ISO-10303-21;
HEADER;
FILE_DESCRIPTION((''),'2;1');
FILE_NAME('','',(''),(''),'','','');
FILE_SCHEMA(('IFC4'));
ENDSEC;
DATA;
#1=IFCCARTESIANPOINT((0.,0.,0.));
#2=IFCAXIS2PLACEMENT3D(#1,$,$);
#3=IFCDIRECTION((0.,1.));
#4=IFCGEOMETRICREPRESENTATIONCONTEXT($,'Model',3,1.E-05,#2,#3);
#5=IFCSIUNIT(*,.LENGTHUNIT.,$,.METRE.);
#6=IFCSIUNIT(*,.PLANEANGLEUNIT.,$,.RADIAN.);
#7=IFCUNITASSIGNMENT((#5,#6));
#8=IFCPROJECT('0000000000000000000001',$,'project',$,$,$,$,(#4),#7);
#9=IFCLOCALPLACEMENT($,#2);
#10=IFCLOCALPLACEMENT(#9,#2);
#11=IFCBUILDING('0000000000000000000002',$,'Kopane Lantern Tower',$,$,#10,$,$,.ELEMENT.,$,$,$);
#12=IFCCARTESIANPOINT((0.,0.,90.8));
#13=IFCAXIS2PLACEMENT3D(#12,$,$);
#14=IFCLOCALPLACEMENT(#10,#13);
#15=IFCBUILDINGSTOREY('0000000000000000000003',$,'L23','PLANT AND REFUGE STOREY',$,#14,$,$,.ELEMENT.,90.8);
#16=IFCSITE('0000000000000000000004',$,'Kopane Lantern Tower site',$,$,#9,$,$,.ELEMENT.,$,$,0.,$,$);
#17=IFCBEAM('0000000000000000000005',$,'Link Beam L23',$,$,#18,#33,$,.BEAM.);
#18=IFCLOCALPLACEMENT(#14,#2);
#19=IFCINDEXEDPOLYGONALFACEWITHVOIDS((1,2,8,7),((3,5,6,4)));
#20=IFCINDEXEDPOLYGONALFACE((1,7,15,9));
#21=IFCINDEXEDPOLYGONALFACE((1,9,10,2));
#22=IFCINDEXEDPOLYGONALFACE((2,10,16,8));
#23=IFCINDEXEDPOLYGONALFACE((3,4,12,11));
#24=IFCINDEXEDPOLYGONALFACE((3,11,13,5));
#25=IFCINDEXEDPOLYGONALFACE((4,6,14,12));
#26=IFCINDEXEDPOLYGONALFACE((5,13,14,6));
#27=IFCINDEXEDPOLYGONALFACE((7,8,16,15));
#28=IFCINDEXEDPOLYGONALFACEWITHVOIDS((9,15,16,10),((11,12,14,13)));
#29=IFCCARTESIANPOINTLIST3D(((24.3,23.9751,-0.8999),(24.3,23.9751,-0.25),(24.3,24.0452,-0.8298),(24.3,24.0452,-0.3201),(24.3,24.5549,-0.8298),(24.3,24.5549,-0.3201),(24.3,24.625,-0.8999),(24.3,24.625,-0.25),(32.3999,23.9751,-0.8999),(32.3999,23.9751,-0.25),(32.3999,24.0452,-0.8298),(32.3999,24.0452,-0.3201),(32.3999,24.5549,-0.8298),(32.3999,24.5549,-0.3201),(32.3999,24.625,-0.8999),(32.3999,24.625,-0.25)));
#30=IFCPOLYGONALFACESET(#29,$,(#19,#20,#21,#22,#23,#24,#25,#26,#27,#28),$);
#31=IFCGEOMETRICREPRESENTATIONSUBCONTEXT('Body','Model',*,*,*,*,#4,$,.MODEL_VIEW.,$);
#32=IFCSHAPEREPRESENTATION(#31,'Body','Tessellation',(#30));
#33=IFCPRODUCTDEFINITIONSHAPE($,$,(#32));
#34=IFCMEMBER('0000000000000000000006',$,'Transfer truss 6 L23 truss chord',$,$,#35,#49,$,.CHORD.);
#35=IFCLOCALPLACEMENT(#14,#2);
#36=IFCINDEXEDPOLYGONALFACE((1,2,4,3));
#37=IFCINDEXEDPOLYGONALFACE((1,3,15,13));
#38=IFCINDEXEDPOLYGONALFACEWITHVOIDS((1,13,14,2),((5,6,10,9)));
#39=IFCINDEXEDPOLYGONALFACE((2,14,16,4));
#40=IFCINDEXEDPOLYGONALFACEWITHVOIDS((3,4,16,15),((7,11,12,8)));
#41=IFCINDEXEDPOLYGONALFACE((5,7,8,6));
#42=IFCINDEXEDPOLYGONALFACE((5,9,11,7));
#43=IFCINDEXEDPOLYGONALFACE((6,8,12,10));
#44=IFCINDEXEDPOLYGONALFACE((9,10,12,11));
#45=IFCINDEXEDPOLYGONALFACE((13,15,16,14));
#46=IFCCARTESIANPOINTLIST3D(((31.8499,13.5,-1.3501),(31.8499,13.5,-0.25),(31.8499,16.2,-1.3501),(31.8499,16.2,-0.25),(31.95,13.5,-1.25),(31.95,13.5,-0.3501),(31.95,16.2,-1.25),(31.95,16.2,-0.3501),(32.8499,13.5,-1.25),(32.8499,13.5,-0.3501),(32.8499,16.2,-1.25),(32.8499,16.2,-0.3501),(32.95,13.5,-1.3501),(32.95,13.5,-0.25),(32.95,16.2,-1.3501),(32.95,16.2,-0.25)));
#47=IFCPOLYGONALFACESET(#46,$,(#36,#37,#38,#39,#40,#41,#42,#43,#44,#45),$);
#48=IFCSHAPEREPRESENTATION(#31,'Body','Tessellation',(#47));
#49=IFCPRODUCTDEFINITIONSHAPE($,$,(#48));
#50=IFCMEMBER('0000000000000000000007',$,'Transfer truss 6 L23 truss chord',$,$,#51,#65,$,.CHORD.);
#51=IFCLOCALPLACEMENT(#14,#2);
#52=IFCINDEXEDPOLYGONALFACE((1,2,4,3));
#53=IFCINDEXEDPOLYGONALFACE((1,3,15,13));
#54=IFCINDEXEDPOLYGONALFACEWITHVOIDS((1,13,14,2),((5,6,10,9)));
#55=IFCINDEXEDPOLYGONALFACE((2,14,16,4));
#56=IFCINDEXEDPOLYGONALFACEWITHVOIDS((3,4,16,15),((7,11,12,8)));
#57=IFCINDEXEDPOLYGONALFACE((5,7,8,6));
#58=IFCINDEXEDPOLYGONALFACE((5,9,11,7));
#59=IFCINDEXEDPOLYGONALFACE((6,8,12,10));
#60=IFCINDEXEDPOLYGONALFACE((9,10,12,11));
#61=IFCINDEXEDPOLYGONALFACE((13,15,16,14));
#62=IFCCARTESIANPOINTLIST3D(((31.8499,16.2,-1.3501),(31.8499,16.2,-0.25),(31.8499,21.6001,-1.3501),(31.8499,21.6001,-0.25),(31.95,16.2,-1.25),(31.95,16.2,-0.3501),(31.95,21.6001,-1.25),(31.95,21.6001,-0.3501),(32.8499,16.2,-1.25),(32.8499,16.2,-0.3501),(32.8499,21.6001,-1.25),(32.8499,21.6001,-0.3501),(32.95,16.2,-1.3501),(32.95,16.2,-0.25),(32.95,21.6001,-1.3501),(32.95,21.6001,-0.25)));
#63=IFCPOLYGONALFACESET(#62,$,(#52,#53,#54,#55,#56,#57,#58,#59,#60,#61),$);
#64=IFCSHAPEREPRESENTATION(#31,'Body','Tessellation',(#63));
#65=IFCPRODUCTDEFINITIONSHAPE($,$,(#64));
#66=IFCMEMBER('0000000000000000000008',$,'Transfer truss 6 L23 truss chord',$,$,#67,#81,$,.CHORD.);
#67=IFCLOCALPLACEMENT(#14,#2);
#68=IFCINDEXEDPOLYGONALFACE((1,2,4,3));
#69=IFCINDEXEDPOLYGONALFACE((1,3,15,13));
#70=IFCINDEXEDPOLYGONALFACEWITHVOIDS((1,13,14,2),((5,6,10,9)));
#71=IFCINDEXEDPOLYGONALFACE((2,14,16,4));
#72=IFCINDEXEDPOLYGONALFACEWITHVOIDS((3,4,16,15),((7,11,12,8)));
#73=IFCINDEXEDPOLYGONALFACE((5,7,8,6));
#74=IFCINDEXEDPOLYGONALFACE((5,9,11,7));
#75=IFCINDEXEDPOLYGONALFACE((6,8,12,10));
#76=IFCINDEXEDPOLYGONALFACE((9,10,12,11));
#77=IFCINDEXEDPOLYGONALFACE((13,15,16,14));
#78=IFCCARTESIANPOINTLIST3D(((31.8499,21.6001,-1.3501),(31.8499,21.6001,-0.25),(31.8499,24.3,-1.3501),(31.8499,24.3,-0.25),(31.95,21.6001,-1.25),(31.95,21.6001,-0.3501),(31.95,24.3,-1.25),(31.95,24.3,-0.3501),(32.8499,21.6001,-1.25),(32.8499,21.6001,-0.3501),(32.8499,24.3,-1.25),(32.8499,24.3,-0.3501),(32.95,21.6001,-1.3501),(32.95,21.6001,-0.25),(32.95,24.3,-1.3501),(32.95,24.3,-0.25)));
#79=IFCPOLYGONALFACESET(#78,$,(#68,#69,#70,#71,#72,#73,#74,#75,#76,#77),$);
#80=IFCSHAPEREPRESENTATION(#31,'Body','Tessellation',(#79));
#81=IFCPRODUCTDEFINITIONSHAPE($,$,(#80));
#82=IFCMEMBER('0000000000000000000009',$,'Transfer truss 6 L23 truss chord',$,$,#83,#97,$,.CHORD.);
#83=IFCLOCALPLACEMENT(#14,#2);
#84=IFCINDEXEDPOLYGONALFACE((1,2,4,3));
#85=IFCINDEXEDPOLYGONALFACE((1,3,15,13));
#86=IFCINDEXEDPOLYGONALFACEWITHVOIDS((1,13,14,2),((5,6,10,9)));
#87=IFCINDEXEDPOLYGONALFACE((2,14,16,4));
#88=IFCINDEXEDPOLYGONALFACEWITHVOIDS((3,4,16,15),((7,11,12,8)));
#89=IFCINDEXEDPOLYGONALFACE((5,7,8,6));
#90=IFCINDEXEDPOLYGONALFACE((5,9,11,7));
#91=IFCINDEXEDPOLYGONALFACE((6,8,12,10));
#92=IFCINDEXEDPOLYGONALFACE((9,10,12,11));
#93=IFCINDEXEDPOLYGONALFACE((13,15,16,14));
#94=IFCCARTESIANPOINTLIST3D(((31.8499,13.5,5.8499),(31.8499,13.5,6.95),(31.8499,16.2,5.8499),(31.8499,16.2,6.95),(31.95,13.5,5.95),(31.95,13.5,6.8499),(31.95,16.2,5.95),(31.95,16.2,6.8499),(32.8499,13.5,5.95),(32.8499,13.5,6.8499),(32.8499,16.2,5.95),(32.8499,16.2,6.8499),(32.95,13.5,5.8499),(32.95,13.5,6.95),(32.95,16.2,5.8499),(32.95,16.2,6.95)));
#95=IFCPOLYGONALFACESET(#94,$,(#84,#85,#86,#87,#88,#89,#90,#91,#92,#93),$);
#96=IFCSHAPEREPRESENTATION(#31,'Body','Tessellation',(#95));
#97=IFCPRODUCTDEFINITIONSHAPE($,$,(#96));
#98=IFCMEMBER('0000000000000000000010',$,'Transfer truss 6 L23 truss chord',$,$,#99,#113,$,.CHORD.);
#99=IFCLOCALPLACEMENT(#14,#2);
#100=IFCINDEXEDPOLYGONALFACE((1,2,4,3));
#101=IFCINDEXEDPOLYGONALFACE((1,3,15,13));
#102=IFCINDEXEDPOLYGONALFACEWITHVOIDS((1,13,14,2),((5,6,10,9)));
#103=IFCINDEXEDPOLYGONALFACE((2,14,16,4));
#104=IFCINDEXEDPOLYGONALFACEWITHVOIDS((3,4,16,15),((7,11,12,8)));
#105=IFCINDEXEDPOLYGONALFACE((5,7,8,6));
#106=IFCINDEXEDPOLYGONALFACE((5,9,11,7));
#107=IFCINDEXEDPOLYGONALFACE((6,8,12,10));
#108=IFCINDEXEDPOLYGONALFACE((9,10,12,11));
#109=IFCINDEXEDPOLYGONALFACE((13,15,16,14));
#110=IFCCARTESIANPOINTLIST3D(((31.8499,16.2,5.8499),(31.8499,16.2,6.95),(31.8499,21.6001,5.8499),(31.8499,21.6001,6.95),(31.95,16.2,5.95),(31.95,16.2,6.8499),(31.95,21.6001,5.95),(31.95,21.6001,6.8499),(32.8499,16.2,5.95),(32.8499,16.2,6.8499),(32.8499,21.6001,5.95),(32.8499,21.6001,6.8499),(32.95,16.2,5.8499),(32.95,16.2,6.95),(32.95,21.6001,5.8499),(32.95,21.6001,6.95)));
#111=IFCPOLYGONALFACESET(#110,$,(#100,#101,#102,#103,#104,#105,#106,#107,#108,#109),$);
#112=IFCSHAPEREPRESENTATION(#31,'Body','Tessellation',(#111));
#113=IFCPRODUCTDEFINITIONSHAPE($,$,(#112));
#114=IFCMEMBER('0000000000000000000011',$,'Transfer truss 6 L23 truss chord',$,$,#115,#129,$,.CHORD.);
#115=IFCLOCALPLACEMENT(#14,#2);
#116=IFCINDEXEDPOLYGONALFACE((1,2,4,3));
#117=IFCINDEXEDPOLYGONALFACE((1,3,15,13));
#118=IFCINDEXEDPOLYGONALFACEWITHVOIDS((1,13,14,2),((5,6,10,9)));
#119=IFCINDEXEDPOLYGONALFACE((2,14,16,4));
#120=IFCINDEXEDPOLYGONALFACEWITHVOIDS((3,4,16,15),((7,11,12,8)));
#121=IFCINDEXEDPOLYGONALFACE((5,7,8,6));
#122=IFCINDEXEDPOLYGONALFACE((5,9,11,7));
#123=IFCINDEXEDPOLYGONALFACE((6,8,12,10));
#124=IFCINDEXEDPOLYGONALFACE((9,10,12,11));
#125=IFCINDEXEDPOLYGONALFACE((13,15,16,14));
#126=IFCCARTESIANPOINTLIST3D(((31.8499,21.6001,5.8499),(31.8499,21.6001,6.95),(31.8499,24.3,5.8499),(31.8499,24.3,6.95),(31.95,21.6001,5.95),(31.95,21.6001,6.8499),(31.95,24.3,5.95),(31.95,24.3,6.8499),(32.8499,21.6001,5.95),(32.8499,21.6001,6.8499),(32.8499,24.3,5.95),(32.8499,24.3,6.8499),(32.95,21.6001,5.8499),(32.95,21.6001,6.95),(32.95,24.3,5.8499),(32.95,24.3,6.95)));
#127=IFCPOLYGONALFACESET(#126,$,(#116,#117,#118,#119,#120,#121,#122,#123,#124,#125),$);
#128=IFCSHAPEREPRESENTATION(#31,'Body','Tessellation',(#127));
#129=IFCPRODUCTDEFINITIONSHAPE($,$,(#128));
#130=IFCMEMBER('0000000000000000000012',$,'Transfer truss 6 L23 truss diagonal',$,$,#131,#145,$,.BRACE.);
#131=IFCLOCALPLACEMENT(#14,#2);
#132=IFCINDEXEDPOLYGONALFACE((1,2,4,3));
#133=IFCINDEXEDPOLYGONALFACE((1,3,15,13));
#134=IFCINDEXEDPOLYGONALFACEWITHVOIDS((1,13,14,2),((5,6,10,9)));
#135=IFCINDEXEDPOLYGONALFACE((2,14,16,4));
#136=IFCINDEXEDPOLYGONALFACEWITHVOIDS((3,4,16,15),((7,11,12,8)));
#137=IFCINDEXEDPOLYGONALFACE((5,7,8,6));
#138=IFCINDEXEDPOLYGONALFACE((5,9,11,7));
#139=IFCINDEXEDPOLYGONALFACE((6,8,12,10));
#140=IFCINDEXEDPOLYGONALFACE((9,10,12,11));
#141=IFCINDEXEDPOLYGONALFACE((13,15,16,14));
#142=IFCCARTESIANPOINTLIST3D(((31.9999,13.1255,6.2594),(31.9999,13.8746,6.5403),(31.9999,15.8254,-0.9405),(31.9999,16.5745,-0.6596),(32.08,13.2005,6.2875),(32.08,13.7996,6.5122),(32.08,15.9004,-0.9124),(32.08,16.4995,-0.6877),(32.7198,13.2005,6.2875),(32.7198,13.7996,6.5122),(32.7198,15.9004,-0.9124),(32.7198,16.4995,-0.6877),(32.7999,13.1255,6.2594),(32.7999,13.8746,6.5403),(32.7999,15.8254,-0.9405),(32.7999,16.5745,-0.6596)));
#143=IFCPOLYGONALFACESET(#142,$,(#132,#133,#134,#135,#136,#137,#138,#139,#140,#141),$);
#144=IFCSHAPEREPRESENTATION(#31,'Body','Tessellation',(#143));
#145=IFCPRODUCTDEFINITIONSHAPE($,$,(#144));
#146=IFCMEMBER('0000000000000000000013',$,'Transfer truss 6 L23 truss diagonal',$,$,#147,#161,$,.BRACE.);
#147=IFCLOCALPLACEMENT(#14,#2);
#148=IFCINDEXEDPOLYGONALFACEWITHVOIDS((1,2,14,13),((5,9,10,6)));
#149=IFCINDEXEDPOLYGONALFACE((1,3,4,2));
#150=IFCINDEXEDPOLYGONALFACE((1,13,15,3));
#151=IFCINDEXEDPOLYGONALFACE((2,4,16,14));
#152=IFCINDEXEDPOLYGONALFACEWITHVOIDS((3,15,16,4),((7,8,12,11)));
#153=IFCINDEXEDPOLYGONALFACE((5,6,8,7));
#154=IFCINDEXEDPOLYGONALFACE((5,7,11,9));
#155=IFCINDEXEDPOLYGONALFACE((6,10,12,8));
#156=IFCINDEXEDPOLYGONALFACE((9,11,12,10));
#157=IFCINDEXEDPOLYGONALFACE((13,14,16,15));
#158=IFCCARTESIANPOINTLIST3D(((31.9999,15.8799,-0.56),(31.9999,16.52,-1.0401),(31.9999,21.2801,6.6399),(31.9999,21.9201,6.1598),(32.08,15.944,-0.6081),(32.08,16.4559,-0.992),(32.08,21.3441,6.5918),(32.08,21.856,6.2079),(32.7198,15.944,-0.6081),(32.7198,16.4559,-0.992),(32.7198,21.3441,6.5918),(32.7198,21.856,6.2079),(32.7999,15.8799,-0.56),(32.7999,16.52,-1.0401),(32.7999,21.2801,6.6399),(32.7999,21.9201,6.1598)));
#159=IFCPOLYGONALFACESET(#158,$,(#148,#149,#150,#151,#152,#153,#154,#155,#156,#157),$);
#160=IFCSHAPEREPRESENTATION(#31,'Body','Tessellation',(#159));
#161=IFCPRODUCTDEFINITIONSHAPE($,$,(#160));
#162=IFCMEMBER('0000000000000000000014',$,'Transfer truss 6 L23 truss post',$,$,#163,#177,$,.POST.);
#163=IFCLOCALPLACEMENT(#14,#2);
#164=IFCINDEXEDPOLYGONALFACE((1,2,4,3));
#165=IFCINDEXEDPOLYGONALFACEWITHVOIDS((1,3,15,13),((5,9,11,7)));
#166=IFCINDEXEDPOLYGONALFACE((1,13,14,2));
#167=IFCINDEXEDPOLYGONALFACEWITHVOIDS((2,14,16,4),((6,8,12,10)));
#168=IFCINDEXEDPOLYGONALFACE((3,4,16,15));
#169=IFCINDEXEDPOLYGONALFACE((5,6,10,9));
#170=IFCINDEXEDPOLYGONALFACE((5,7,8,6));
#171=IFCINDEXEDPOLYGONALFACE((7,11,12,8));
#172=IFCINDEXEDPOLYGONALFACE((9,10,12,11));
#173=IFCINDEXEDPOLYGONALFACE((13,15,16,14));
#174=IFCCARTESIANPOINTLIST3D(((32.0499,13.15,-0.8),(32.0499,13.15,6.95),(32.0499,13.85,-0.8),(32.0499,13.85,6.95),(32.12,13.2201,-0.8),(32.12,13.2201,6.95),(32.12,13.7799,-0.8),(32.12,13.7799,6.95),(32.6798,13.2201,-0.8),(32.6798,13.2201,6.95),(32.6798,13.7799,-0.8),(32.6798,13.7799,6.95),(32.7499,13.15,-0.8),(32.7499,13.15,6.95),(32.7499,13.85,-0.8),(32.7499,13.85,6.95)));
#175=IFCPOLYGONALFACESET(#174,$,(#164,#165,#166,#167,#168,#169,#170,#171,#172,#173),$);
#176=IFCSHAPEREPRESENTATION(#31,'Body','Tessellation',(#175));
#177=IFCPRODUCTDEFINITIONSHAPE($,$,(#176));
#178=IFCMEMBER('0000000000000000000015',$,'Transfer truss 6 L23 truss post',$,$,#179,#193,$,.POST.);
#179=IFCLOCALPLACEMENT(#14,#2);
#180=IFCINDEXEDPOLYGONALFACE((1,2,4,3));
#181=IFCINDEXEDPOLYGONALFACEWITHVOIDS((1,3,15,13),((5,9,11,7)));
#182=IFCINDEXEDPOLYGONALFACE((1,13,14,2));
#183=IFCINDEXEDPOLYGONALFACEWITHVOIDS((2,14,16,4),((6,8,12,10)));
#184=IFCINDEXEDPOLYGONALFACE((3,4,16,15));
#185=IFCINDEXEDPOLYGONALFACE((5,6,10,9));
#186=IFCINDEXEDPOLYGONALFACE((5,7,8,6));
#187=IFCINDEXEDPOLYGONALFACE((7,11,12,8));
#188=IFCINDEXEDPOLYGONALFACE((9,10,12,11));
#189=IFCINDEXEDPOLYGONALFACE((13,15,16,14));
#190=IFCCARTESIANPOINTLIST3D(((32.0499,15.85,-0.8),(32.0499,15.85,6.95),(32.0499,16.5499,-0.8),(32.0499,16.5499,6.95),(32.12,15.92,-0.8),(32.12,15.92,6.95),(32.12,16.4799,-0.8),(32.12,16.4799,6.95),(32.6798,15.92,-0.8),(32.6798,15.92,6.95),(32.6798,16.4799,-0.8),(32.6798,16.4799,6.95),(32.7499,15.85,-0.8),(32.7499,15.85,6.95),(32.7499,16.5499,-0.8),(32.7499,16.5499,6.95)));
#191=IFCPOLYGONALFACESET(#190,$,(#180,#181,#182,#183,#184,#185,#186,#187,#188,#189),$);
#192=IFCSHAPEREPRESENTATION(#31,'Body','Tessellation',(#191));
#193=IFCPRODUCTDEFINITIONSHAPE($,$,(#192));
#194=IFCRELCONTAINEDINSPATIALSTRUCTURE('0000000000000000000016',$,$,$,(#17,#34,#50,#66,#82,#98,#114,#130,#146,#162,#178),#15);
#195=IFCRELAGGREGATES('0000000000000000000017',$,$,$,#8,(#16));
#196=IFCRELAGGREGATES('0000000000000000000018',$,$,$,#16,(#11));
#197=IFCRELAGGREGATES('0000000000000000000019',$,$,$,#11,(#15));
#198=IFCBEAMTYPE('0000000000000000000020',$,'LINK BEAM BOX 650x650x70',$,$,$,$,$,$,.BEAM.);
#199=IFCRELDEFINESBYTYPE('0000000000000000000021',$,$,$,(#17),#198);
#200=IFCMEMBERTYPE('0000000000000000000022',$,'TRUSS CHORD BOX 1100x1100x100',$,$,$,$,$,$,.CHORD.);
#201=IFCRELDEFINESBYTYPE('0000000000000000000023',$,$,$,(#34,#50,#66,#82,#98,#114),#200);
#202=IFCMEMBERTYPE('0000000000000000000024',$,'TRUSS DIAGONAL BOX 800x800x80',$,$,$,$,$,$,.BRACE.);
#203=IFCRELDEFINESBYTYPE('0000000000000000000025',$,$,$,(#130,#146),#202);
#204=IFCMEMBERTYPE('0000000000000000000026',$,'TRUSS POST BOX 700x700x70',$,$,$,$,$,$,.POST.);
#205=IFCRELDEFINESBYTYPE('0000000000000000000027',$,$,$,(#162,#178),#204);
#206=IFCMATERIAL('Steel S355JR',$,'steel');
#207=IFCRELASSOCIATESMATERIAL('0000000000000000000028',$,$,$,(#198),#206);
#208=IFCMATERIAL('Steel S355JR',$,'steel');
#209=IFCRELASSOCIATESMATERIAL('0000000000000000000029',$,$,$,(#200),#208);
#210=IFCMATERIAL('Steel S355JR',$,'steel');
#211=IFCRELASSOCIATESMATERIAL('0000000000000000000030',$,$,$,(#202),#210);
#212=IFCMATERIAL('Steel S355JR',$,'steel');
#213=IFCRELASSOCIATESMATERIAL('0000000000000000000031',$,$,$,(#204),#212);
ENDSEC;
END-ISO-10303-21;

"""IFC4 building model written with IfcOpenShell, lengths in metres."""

from ifc_helpers import new_model, si_unit, direction, frame, origin, origin_2d, place, context, subcontext, project, spatial, hollow_rectangle, extrude, material, material_profile, profile_set, type_object, element, save


model = new_model("IFC4")

# Units and contexts
model_context = context("Model", 3, precision=1e-05, world=origin(), true_north=direction((0.0, 1.0)))
body_context = subcontext(model_context, "Body", "Model", "MODEL_VIEW")
ifc_project = project(units=[si_unit("LENGTHUNIT", "METRE"), si_unit("PLANEANGLEUNIT", "RADIAN")], contexts=[model_context])

# Site, building, storey
site_placement = place(None, origin())
site = spatial("IfcSite", under=ifc_project, at=site_placement, Name="Kopane Lantern Tower site", CompositionType="ELEMENT", RefElevation=0.0)
building_placement = place(site_placement, origin())
building = spatial("IfcBuilding", under=site, at=building_placement, Name="Kopane Lantern Tower", CompositionType="ELEMENT")
storey_placement = place(building_placement, frame((0.0, 0.0, 90.8)))
storey = spatial("IfcBuildingStorey", under=building, at=storey_placement, Name="L23", Description="PLANT AND REFUGE STOREY", CompositionType="ELEMENT", Elevation=90.8)

# Beam
ifc_material_1 = material(Name="Steel S355JR", Category="steel")
ifc_material_profile_1 = material_profile(ifc_material_1, hollow_rectangle(XDim=0.6499, YDim=0.6499, WallThickness=0.0701, at=origin_2d()), Name="BOX 650x650x70")
ifc_profile_set_1 = profile_set([ifc_material_profile_1], Name="Steel S355JR")
beam_type_1 = type_object("IfcBeamType", Name="LINK BEAM BOX 650x650x70", PredefinedType="BEAM", material=ifc_profile_set_1)
beam_1_placement = place(storey_placement, frame((24.3, 24.3, -0.575), z_axis=(1.0, 0.0, 0.0), x_axis=(0.0, 1.0, 0.0)))
element("IfcBeam", 1, at=beam_1_placement, inside=storey, type_object=beam_type_1, Name="Link Beam L23", PredefinedType="BEAM", context=body_context, shape_type="SweptSolid", body=[
    extrude(hollow_rectangle(XDim=0.6499, YDim=0.6499, WallThickness=0.0701, at=origin_2d()), origin(), (0.0, 0.0, 1.0), 8.0999),
])

# Members
ifc_material_2 = material(Name="Steel S355JR", Category="steel")
ifc_material_profile_2 = material_profile(ifc_material_2, hollow_rectangle(XDim=1.1001, YDim=1.1001, WallThickness=0.1001, at=origin_2d()), Name="BOX 1100x1100x100")
ifc_profile_set_2 = profile_set([ifc_material_profile_2], Name="Steel S355JR")
member_type_1 = type_object("IfcMemberType", Name="TRUSS CHORD BOX 1100x1100x100", PredefinedType="CHORD", material=ifc_profile_set_2)
member_1_placement = place(storey_placement, frame((32.3999, 13.5, -0.8), z_axis=(0.0, 1.0, 0.0), x_axis=(-1.0, 0.0, 0.0)))
element("IfcMember", 2, at=member_1_placement, inside=storey, type_object=member_type_1, Name="Transfer truss 6 L23 truss chord", PredefinedType="CHORD", context=body_context, shape_type="SweptSolid", body=[
    extrude(hollow_rectangle(XDim=1.1001, YDim=1.1001, WallThickness=0.1001, at=origin_2d()), origin(), (0.0, 0.0, 1.0), 2.7),
])
member_2_placement = place(storey_placement, frame((32.3999, 16.2, -0.8), z_axis=(0.0, 1.0, 0.0), x_axis=(-1.0, 0.0, 0.0)))
element("IfcMember", 3, at=member_2_placement, inside=storey, type_object=member_type_1, Name="Transfer truss 6 L23 truss chord", PredefinedType="CHORD", context=body_context, shape_type="SweptSolid", body=[
    extrude(hollow_rectangle(XDim=1.1001, YDim=1.1001, WallThickness=0.1001, at=origin_2d()), origin(), (0.0, 0.0, 1.0), 5.4001),
])
for number, where, z_axis, x_axis, name in (
    (4, (32.3999, 21.6001, -0.8), (0.0, 1.0, 0.0), (-1.0, 0.0, 0.0), "Transfer truss 6 L23 truss chord"),
    (5, (32.3999, 13.5, 6.3999), (0.0, 1.0, 0.0), (-1.0, 0.0, 0.0), "Transfer truss 6 L23 truss chord"),
):
    element("IfcMember", number, at=place(storey_placement, frame(where, z_axis=z_axis, x_axis=x_axis)), inside=storey, type_object=member_type_1, Name=name, PredefinedType="CHORD", context=body_context, shape_type="SweptSolid", body=[
        extrude(hollow_rectangle(XDim=1.1001, YDim=1.1001, WallThickness=0.1001, at=origin_2d()), origin(), (0.0, 0.0, 1.0), 2.7),
    ])
member_3_placement = place(storey_placement, frame((32.3999, 16.2, 6.3999), z_axis=(0.0, 1.0, 0.0), x_axis=(-1.0, 0.0, 0.0)))
element("IfcMember", 6, at=member_3_placement, inside=storey, type_object=member_type_1, Name="Transfer truss 6 L23 truss chord", PredefinedType="CHORD", context=body_context, shape_type="SweptSolid", body=[
    extrude(hollow_rectangle(XDim=1.1001, YDim=1.1001, WallThickness=0.1001, at=origin_2d()), origin(), (0.0, 0.0, 1.0), 5.4001),
])
member_4_placement = place(storey_placement, frame((32.3999, 21.6001, 6.3999), z_axis=(0.0, 1.0, 0.0), x_axis=(-1.0, 0.0, 0.0)))
element("IfcMember", 7, at=member_4_placement, inside=storey, type_object=member_type_1, Name="Transfer truss 6 L23 truss chord", PredefinedType="CHORD", context=body_context, shape_type="SweptSolid", body=[
    extrude(hollow_rectangle(XDim=1.1001, YDim=1.1001, WallThickness=0.1001, at=origin_2d()), origin(), (0.0, 0.0, 1.0), 2.7),
])
ifc_material_3 = material(Name="Steel S355JR", Category="steel")
ifc_material_profile_3 = material_profile(ifc_material_3, hollow_rectangle(XDim=0.8, YDim=0.8, WallThickness=0.0801, at=origin_2d()), Name="BOX 800x800x80")
ifc_profile_set_3 = profile_set([ifc_material_profile_3], Name="Steel S355JR")
member_type_2 = type_object("IfcMemberType", Name="TRUSS DIAGONAL BOX 800x800x80", PredefinedType="BRACE", material=ifc_profile_set_3)
member_5_placement = place(storey_placement, frame((32.3999, 16.2, -0.8), z_axis=(0.0, -0.35112, 0.93633), x_axis=(1.0, 0.0, 0.0)))
element("IfcMember", 8, at=member_5_placement, inside=storey, type_object=member_type_2, Name="Transfer truss 6 L23 truss diagonal", PredefinedType="BRACE", context=body_context, shape_type="SweptSolid", body=[
    extrude(hollow_rectangle(XDim=0.8, YDim=0.8, WallThickness=0.0801, at=origin_2d()), origin(), (0.0, 0.0, 1.0), 7.6895),
])
member_6_placement = place(storey_placement, frame((32.3999, 16.2, -0.8), z_axis=(0.0, 0.600013, 0.79999), x_axis=(-1.0, 0.0, 0.0)))
element("IfcMember", 9, at=member_6_placement, inside=storey, type_object=member_type_2, Name="Transfer truss 6 L23 truss diagonal", PredefinedType="BRACE", context=body_context, shape_type="SweptSolid", body=[
    extrude(hollow_rectangle(XDim=0.8, YDim=0.8, WallThickness=0.0801, at=origin_2d()), origin(), (0.0, 0.0, 1.0), 9.0),
])
ifc_material_4 = material(Name="Steel S355JR", Category="steel")
ifc_material_profile_4 = material_profile(ifc_material_4, hollow_rectangle(XDim=0.7, YDim=0.7, WallThickness=0.0701, at=origin_2d()), Name="BOX 700x700x70")
ifc_profile_set_4 = profile_set([ifc_material_profile_4], Name="Steel S355JR")
member_type_3 = type_object("IfcMemberType", Name="TRUSS POST BOX 700x700x70", PredefinedType="POST", material=ifc_profile_set_4)
for number, where, z_axis, x_axis, name in (
    (10, (32.3999, 13.5, -0.8), (0.0, 0.0, 1.0), (1.0, 0.0, 0.0), "Transfer truss 6 L23 truss post"),
    (11, (32.3999, 16.2, -0.8), (0.0, 0.0, 1.0), (1.0, 0.0, 0.0), "Transfer truss 6 L23 truss post"),
):
    element("IfcMember", number, at=place(storey_placement, frame(where, z_axis=z_axis, x_axis=x_axis)), inside=storey, type_object=member_type_3, Name=name, PredefinedType="POST", context=body_context, shape_type="SweptSolid", body=[
        extrude(hollow_rectangle(XDim=0.7, YDim=0.7, WallThickness=0.0701, at=origin_2d()), origin(), (0.0, 0.0, 1.0), 7.75),
    ])

save(model, "model.ifc")
